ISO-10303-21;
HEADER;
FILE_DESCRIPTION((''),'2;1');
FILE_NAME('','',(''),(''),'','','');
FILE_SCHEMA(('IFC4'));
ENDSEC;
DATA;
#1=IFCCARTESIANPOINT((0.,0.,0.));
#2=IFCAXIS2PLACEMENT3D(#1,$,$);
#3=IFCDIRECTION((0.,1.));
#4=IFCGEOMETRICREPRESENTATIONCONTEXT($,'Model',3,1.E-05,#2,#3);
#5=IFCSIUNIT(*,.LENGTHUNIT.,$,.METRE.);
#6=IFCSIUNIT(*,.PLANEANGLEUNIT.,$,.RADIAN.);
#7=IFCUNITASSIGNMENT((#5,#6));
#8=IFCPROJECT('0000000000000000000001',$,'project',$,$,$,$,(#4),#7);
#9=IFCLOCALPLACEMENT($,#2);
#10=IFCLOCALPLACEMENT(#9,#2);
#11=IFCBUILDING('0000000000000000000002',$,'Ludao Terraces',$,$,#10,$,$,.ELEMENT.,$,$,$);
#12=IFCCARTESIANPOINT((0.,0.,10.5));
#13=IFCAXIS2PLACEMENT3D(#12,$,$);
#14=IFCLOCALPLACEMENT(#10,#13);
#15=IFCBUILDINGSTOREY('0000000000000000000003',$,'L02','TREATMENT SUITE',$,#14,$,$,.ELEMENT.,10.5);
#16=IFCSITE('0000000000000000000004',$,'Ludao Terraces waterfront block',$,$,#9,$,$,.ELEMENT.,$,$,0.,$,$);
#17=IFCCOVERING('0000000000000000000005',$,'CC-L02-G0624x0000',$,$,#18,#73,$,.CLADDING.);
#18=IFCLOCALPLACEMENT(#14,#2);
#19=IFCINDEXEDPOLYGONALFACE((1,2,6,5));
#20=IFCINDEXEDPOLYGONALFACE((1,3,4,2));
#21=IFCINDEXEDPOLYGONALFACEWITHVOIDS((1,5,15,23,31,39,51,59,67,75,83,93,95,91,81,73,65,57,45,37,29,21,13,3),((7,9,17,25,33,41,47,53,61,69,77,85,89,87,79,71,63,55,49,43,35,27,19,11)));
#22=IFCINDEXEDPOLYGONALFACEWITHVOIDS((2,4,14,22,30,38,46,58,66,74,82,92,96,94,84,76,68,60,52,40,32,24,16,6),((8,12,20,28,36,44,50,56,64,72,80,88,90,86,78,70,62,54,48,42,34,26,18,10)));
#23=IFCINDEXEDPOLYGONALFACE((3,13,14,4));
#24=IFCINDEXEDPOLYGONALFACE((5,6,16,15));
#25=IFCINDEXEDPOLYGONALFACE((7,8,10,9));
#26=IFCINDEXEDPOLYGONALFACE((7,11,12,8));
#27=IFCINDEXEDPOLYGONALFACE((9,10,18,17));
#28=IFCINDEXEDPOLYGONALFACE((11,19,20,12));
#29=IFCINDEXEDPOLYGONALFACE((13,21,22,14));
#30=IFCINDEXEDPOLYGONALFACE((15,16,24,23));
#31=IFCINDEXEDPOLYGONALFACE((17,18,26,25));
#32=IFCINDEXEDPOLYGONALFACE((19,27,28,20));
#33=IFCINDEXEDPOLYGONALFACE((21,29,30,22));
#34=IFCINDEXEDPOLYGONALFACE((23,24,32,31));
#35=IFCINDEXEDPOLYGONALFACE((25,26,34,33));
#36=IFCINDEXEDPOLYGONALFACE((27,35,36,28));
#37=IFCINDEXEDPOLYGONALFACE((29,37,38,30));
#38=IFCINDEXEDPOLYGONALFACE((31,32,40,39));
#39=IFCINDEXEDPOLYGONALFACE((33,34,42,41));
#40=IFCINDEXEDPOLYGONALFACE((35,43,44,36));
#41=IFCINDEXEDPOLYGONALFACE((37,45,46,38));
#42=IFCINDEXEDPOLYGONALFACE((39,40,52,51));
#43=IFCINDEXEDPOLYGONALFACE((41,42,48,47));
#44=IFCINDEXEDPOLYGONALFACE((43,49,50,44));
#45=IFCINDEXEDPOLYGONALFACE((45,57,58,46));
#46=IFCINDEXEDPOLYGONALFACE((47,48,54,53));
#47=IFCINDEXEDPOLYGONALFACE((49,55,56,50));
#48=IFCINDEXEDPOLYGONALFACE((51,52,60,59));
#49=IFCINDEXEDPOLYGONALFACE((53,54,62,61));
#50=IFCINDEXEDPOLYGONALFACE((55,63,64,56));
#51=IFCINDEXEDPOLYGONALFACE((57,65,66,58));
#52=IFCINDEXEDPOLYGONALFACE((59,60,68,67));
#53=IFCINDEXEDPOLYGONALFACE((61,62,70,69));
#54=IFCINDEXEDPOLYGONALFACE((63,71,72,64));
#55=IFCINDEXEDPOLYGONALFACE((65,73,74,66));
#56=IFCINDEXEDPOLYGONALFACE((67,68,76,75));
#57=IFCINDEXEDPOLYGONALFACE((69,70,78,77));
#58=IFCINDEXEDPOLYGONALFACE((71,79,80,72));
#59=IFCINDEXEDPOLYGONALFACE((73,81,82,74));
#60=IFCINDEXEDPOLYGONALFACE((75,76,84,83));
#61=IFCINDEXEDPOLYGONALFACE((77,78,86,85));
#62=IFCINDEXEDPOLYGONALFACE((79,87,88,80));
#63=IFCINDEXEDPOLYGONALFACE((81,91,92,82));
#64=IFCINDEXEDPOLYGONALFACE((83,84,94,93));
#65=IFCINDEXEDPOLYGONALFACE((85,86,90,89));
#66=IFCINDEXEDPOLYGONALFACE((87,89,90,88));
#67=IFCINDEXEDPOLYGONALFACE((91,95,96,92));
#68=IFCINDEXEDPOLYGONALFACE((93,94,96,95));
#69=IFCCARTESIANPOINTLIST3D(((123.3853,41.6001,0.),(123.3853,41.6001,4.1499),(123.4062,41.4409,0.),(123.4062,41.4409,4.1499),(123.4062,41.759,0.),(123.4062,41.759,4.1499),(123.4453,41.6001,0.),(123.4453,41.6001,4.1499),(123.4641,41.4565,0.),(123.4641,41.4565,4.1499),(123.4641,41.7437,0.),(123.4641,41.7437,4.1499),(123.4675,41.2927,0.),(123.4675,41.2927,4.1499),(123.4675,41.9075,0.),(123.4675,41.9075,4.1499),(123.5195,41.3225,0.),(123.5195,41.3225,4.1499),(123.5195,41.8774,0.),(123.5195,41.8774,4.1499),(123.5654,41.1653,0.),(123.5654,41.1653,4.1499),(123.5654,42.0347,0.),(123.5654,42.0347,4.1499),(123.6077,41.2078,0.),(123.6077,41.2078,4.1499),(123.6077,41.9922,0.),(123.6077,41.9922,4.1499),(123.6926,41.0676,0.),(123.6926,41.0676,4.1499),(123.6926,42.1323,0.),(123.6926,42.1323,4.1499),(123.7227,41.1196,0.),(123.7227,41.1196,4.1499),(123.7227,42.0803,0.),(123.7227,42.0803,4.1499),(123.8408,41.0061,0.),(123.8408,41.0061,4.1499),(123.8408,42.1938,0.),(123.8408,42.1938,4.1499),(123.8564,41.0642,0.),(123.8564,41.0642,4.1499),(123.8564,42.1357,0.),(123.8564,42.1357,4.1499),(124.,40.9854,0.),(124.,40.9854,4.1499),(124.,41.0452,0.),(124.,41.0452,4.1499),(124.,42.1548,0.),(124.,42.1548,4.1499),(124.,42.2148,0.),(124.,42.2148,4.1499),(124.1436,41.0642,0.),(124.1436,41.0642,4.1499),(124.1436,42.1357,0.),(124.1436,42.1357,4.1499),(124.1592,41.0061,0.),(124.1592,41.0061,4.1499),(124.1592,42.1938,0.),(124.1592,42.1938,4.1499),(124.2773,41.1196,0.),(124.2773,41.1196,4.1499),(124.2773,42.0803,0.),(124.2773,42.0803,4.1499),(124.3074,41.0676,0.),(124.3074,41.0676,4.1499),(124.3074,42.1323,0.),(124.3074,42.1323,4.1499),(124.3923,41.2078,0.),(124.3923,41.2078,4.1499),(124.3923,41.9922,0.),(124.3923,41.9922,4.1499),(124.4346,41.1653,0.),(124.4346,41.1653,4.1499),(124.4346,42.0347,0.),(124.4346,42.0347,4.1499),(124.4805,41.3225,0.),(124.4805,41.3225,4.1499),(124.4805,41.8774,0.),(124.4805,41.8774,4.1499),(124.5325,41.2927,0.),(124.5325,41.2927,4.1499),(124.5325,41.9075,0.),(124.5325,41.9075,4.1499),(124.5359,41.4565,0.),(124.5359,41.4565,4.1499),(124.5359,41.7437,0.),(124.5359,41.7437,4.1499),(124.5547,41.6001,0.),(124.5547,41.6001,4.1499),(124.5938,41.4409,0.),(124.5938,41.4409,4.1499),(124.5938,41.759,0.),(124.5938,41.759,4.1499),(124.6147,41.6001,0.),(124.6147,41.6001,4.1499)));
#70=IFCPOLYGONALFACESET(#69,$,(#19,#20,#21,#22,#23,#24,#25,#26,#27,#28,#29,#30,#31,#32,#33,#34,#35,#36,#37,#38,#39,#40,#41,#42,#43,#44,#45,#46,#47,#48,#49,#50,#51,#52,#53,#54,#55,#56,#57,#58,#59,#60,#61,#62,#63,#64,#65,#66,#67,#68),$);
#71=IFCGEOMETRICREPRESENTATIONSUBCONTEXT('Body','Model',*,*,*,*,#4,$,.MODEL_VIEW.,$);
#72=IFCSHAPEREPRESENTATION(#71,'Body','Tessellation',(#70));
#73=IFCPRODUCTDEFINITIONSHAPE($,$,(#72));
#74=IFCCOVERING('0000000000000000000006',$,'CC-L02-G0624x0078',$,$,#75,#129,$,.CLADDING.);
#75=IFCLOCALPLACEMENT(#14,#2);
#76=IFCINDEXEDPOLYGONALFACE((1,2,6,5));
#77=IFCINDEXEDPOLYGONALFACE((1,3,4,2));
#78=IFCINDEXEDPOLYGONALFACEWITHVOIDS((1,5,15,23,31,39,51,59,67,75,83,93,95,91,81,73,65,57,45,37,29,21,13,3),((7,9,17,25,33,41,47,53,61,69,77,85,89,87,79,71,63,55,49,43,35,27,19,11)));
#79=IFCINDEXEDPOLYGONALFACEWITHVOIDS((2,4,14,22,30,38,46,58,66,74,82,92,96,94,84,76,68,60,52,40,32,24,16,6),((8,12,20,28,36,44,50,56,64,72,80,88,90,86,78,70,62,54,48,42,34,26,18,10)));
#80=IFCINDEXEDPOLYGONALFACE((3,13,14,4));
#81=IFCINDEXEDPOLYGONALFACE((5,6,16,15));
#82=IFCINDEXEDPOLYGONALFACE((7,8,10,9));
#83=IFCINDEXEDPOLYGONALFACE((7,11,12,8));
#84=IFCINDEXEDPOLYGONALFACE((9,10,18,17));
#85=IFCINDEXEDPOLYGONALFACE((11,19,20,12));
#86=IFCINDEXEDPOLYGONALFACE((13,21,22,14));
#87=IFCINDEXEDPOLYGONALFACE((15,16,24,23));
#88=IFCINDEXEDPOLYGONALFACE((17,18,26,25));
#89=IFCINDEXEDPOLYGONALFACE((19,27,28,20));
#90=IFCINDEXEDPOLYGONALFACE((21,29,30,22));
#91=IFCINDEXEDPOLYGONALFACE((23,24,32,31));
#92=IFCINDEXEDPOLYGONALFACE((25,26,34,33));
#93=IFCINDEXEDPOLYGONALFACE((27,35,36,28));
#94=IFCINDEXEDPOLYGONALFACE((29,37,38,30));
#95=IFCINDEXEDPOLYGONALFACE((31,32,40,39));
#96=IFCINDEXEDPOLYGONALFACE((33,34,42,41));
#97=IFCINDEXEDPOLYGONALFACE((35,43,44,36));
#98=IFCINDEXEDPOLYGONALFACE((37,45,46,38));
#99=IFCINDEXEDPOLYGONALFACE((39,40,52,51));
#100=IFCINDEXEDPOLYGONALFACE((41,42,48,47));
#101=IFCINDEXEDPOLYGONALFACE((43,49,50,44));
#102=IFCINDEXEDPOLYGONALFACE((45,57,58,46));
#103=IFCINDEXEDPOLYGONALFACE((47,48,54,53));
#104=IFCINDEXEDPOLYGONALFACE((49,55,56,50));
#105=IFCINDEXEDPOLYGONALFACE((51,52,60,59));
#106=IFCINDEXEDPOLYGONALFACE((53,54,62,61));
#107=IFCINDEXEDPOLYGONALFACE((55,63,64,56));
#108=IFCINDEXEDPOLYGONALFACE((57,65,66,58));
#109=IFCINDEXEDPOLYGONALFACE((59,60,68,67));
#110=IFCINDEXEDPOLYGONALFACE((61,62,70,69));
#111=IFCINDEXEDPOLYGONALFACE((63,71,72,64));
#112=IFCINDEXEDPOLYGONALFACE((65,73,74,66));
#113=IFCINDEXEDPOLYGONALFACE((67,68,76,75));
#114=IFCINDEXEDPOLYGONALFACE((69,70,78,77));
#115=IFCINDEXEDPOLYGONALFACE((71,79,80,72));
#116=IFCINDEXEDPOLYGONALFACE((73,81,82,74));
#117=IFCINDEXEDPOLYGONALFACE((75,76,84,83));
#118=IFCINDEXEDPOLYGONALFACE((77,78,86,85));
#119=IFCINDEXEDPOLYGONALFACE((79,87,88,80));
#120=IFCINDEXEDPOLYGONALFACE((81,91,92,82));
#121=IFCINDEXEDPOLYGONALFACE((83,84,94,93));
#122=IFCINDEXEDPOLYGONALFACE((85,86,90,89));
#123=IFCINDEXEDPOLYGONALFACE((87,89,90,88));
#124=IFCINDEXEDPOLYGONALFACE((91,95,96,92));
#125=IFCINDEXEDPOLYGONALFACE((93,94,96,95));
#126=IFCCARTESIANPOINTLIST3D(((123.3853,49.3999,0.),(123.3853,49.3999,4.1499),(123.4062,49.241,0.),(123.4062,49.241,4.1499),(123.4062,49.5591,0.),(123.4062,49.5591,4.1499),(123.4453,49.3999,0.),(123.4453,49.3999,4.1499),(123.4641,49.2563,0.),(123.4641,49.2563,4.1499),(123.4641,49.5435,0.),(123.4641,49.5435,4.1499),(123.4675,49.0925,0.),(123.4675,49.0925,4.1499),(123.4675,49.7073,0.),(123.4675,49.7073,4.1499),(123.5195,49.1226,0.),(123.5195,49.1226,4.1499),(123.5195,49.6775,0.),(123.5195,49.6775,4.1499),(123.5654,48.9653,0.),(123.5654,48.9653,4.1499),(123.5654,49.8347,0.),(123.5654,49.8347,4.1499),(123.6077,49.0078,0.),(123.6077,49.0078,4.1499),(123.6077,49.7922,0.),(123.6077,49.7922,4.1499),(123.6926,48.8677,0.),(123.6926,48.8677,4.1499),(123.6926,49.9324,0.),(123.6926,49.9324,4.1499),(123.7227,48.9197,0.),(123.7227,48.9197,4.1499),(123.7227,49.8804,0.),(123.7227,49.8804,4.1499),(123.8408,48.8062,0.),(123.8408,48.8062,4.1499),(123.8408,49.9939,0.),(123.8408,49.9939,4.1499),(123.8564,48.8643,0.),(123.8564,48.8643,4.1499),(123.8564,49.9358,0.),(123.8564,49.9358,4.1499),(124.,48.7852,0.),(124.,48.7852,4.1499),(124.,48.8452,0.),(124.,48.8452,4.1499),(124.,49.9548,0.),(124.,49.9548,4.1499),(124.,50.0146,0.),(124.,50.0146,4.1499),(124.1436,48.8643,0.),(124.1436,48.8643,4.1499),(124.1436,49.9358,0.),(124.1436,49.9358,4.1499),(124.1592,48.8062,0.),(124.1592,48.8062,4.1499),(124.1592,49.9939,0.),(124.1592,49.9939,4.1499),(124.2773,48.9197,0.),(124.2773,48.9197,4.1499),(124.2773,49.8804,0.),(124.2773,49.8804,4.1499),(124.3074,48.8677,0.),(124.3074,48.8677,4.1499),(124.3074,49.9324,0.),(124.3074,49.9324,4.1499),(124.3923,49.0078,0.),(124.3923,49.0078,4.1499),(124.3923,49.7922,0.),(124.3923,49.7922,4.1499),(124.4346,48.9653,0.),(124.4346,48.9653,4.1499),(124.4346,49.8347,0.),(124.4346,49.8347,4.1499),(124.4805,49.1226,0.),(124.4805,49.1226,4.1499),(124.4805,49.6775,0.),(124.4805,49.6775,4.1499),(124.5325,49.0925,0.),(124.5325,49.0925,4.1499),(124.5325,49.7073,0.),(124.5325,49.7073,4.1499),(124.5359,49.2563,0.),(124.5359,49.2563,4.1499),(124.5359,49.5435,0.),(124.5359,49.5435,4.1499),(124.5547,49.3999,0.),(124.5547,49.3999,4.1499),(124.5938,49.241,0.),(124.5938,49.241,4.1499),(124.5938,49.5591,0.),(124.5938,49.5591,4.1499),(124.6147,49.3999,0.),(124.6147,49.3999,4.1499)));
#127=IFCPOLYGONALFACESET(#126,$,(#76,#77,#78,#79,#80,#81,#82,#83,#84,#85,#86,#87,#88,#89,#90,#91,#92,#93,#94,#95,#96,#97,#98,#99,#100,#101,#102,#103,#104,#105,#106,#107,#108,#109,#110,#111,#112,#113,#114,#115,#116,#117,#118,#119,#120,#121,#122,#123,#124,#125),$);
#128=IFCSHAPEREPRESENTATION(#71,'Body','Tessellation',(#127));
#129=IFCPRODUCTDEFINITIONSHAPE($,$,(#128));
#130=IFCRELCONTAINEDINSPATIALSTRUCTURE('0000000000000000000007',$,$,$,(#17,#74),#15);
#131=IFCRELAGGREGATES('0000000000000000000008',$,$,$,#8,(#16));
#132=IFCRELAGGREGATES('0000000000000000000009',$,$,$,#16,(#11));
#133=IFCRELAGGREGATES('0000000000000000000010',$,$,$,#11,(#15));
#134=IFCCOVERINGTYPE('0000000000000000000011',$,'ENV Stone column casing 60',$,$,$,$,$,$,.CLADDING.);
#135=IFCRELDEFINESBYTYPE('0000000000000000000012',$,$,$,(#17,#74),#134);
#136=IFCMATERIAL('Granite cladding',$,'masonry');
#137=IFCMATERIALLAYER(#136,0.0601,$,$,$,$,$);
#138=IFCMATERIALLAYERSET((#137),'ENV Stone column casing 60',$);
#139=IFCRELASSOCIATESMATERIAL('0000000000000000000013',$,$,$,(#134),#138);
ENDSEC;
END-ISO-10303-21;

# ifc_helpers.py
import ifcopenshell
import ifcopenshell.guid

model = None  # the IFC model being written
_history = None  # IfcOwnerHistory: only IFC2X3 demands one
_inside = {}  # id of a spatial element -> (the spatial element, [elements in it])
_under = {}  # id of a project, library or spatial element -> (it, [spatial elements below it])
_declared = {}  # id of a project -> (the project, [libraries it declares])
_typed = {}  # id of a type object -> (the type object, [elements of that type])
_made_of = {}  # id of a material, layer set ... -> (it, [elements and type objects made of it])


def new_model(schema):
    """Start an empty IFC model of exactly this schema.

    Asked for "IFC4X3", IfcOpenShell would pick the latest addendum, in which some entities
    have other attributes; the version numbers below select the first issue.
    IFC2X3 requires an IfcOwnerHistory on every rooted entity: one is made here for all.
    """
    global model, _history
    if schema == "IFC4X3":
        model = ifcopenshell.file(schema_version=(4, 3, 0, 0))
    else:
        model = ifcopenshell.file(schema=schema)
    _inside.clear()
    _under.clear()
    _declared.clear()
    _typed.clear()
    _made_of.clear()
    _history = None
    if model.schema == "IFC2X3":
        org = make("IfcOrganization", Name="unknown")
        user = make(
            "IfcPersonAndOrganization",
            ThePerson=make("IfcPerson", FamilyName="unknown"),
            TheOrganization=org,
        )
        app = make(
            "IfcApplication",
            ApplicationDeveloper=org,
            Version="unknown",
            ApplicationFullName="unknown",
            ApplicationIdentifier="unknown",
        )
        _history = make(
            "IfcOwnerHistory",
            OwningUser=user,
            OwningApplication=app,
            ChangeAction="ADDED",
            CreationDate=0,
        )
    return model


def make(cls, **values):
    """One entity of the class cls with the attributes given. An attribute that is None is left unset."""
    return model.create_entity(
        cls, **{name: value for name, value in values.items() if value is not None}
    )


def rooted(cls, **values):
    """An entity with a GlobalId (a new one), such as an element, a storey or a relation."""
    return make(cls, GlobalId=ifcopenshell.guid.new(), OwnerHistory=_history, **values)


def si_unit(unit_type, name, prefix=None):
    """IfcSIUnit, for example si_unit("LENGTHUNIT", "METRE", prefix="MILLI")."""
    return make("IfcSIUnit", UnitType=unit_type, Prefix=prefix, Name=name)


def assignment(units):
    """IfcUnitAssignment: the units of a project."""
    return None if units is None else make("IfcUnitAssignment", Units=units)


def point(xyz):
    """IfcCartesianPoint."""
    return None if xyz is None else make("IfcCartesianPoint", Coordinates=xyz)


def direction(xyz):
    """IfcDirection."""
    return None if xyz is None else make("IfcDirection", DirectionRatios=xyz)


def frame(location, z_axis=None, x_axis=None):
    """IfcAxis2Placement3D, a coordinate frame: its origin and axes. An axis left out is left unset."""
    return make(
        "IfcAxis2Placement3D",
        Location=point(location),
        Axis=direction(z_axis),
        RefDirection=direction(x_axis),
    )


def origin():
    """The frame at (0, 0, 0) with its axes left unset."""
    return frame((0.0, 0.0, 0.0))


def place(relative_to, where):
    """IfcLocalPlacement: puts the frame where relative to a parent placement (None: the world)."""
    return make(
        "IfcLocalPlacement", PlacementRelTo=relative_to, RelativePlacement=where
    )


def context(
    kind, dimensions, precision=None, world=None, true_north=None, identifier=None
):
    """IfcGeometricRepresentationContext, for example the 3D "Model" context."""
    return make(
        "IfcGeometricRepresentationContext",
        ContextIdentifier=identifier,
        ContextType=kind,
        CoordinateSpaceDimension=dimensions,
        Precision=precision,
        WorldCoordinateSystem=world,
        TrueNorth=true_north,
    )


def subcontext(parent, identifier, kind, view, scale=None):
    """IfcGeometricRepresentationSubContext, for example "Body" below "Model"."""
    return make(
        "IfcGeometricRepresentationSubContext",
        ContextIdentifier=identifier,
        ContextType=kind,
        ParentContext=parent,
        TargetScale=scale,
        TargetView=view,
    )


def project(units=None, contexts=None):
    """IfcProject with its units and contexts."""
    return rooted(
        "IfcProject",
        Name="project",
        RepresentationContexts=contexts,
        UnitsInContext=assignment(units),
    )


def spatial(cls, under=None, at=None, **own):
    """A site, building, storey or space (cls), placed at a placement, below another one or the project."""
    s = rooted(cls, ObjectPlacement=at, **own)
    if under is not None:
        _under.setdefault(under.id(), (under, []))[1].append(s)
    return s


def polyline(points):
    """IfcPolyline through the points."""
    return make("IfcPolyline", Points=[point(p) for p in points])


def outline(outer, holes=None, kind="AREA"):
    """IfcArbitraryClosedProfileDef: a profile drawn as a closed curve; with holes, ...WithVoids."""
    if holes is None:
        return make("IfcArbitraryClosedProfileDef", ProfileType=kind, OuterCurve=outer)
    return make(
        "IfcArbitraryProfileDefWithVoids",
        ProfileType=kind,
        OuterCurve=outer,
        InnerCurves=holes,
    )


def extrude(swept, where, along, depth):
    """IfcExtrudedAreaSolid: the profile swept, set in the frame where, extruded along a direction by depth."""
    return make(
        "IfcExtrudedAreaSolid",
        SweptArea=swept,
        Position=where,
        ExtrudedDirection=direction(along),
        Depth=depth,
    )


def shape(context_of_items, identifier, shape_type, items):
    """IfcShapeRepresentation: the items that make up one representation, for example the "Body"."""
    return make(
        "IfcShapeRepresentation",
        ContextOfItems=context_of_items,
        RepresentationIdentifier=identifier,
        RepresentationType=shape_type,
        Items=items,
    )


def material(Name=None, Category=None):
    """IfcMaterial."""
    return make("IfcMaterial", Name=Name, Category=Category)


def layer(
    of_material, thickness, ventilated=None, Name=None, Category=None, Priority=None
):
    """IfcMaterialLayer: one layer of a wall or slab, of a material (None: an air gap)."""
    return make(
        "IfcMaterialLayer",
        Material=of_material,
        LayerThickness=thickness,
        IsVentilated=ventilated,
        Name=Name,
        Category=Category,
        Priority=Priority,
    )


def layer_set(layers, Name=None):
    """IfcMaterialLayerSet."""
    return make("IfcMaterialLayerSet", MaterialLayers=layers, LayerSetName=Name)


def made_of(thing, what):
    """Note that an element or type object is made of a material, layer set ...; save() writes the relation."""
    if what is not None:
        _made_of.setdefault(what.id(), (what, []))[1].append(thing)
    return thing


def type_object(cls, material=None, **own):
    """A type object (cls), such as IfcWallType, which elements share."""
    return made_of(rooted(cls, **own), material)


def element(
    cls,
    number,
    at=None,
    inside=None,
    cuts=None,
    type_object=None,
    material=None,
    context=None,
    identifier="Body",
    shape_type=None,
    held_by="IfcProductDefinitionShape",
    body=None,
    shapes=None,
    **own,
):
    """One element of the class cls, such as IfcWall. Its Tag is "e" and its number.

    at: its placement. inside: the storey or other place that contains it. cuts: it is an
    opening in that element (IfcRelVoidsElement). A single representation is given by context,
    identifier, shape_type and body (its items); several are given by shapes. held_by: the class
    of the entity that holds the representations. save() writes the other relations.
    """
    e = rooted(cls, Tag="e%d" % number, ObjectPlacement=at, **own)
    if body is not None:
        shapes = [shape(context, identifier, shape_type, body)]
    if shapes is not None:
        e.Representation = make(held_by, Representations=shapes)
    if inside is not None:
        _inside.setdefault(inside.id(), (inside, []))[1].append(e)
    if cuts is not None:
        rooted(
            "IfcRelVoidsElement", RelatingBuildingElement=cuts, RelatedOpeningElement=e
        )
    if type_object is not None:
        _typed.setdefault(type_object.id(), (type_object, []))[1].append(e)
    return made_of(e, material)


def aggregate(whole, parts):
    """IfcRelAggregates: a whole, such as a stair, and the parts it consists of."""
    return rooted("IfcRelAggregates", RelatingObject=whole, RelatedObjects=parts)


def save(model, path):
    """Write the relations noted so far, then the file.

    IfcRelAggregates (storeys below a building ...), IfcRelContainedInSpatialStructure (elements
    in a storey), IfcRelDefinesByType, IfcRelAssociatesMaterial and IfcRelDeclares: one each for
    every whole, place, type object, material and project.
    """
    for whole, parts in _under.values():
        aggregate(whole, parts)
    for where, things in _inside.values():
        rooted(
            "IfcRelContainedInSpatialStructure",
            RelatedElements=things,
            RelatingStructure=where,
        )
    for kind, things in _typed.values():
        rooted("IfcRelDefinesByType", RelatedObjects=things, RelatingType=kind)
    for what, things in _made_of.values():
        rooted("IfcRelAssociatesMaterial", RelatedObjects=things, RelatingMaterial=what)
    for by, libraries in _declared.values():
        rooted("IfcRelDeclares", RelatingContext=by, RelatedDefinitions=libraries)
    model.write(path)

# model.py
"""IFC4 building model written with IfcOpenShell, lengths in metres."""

from ifc_helpers import new_model, si_unit, direction, frame, origin, place, context, subcontext, project, spatial, polyline, outline, extrude, material, layer, layer_set, type_object, element, save


model = new_model("IFC4")

# Units and contexts
model_context = context("Model", 3, precision=1e-05, world=origin(), true_north=direction((0.0, 1.0)))
body_context = subcontext(model_context, "Body", "Model", "MODEL_VIEW")
ifc_project = project(units=[si_unit("LENGTHUNIT", "METRE"), si_unit("PLANEANGLEUNIT", "RADIAN")], contexts=[model_context])

# Site, building, storey
site_placement = place(None, origin())
site = spatial("IfcSite", under=ifc_project, at=site_placement, Name="Ludao Terraces waterfront block", CompositionType="ELEMENT", RefElevation=0.0)
building_placement = place(site_placement, origin())
building = spatial("IfcBuilding", under=site, at=building_placement, Name="Ludao Terraces", CompositionType="ELEMENT")
storey_placement = place(building_placement, frame((0.0, 0.0, 10.5)))
storey = spatial("IfcBuildingStorey", under=building, at=storey_placement, Name="L02", Description="TREATMENT SUITE", CompositionType="ELEMENT", Elevation=10.5)

# Coverings
ifc_material_1 = material(Name="Granite cladding", Category="masonry")
ifc_layer_1 = layer(ifc_material_1, 0.0601)
ifc_layer_set_1 = layer_set([ifc_layer_1], Name="ENV Stone column casing 60")
covering_type = type_object("IfcCoveringType", Name="ENV Stone column casing 60", PredefinedType="CLADDING", material=ifc_layer_set_1)
covering_1_placement = place(storey_placement, origin())
element("IfcCovering", 1, at=covering_1_placement, inside=storey, type_object=covering_type, Name="CC-L02-G0624x0000", PredefinedType="CLADDING", context=body_context, shape_type="SweptSolid", body=[
    extrude(outline(polyline([(124.6147, 41.6001), (124.5938, 41.759), (124.5325, 41.9075), (124.4346, 42.0347), (124.3074, 42.1323), (124.1592, 42.1938), (124.0, 42.2148), (123.8408, 42.1938), (123.6926, 42.1323), (123.5654, 42.0347), (123.4675, 41.9075), (123.4062, 41.759), (123.3853, 41.6001), (123.4062, 41.4409), (123.4675, 41.2927), (123.5654, 41.1653), (123.6926, 41.0676), (123.8408, 41.0061), (124.0, 40.9854), (124.1592, 41.0061), (124.3074, 41.0676), (124.4346, 41.1653), (124.5325, 41.2927), (124.5938, 41.4409), (124.6147, 41.6001)]), holes=[polyline([(124.5359, 41.4565), (124.4805, 41.3225), (124.3923, 41.2078), (124.2773, 41.1196), (124.1436, 41.0642), (124.0, 41.0452), (123.8564, 41.0642), (123.7227, 41.1196), (123.6077, 41.2078), (123.5195, 41.3225), (123.4641, 41.4565), (123.4453, 41.6001), (123.4641, 41.7437), (123.5195, 41.8774), (123.6077, 41.9922), (123.7227, 42.0803), (123.8564, 42.1357), (124.0, 42.1548), (124.1436, 42.1357), (124.2773, 42.0803), (124.3923, 41.9922), (124.4805, 41.8774), (124.5359, 41.7437), (124.5547, 41.6001), (124.5359, 41.4565)])]), origin(), (0.0, 0.0, 1.0), 4.1499),
])
covering_2_placement = place(storey_placement, origin())
element("IfcCovering", 2, at=covering_2_placement, inside=storey, type_object=covering_type, Name="CC-L02-G0624x0078", PredefinedType="CLADDING", context=body_context, shape_type="SweptSolid", body=[
    extrude(outline(polyline([(124.6147, 49.3999), (124.5938, 49.5591), (124.5325, 49.7073), (124.4346, 49.8347), (124.3074, 49.9324), (124.1592, 49.9939), (124.0, 50.0146), (123.8408, 49.9939), (123.6926, 49.9324), (123.5654, 49.8347), (123.4675, 49.7073), (123.4062, 49.5591), (123.3853, 49.3999), (123.4062, 49.241), (123.4675, 49.0925), (123.5654, 48.9653), (123.6926, 48.8677), (123.8408, 48.8062), (124.0, 48.7852), (124.1592, 48.8062), (124.3074, 48.8677), (124.4346, 48.9653), (124.5325, 49.0925), (124.5938, 49.241), (124.6147, 49.3999)]), holes=[polyline([(124.5359, 49.2563), (124.4805, 49.1226), (124.3923, 49.0078), (124.2773, 48.9197), (124.1436, 48.8643), (124.0, 48.8452), (123.8564, 48.8643), (123.7227, 48.9197), (123.6077, 49.0078), (123.5195, 49.1226), (123.4641, 49.2563), (123.4453, 49.3999), (123.4641, 49.5435), (123.5195, 49.6775), (123.6077, 49.7922), (123.7227, 49.8804), (123.8564, 49.9358), (124.0, 49.9548), (124.1436, 49.9358), (124.2773, 49.8804), (124.3923, 49.7922), (124.4805, 49.6775), (124.5359, 49.5435), (124.5547, 49.3999), (124.5359, 49.2563)])]), origin(), (0.0, 0.0, 1.0), 4.1499),
])

save(model, "model.ifc")
